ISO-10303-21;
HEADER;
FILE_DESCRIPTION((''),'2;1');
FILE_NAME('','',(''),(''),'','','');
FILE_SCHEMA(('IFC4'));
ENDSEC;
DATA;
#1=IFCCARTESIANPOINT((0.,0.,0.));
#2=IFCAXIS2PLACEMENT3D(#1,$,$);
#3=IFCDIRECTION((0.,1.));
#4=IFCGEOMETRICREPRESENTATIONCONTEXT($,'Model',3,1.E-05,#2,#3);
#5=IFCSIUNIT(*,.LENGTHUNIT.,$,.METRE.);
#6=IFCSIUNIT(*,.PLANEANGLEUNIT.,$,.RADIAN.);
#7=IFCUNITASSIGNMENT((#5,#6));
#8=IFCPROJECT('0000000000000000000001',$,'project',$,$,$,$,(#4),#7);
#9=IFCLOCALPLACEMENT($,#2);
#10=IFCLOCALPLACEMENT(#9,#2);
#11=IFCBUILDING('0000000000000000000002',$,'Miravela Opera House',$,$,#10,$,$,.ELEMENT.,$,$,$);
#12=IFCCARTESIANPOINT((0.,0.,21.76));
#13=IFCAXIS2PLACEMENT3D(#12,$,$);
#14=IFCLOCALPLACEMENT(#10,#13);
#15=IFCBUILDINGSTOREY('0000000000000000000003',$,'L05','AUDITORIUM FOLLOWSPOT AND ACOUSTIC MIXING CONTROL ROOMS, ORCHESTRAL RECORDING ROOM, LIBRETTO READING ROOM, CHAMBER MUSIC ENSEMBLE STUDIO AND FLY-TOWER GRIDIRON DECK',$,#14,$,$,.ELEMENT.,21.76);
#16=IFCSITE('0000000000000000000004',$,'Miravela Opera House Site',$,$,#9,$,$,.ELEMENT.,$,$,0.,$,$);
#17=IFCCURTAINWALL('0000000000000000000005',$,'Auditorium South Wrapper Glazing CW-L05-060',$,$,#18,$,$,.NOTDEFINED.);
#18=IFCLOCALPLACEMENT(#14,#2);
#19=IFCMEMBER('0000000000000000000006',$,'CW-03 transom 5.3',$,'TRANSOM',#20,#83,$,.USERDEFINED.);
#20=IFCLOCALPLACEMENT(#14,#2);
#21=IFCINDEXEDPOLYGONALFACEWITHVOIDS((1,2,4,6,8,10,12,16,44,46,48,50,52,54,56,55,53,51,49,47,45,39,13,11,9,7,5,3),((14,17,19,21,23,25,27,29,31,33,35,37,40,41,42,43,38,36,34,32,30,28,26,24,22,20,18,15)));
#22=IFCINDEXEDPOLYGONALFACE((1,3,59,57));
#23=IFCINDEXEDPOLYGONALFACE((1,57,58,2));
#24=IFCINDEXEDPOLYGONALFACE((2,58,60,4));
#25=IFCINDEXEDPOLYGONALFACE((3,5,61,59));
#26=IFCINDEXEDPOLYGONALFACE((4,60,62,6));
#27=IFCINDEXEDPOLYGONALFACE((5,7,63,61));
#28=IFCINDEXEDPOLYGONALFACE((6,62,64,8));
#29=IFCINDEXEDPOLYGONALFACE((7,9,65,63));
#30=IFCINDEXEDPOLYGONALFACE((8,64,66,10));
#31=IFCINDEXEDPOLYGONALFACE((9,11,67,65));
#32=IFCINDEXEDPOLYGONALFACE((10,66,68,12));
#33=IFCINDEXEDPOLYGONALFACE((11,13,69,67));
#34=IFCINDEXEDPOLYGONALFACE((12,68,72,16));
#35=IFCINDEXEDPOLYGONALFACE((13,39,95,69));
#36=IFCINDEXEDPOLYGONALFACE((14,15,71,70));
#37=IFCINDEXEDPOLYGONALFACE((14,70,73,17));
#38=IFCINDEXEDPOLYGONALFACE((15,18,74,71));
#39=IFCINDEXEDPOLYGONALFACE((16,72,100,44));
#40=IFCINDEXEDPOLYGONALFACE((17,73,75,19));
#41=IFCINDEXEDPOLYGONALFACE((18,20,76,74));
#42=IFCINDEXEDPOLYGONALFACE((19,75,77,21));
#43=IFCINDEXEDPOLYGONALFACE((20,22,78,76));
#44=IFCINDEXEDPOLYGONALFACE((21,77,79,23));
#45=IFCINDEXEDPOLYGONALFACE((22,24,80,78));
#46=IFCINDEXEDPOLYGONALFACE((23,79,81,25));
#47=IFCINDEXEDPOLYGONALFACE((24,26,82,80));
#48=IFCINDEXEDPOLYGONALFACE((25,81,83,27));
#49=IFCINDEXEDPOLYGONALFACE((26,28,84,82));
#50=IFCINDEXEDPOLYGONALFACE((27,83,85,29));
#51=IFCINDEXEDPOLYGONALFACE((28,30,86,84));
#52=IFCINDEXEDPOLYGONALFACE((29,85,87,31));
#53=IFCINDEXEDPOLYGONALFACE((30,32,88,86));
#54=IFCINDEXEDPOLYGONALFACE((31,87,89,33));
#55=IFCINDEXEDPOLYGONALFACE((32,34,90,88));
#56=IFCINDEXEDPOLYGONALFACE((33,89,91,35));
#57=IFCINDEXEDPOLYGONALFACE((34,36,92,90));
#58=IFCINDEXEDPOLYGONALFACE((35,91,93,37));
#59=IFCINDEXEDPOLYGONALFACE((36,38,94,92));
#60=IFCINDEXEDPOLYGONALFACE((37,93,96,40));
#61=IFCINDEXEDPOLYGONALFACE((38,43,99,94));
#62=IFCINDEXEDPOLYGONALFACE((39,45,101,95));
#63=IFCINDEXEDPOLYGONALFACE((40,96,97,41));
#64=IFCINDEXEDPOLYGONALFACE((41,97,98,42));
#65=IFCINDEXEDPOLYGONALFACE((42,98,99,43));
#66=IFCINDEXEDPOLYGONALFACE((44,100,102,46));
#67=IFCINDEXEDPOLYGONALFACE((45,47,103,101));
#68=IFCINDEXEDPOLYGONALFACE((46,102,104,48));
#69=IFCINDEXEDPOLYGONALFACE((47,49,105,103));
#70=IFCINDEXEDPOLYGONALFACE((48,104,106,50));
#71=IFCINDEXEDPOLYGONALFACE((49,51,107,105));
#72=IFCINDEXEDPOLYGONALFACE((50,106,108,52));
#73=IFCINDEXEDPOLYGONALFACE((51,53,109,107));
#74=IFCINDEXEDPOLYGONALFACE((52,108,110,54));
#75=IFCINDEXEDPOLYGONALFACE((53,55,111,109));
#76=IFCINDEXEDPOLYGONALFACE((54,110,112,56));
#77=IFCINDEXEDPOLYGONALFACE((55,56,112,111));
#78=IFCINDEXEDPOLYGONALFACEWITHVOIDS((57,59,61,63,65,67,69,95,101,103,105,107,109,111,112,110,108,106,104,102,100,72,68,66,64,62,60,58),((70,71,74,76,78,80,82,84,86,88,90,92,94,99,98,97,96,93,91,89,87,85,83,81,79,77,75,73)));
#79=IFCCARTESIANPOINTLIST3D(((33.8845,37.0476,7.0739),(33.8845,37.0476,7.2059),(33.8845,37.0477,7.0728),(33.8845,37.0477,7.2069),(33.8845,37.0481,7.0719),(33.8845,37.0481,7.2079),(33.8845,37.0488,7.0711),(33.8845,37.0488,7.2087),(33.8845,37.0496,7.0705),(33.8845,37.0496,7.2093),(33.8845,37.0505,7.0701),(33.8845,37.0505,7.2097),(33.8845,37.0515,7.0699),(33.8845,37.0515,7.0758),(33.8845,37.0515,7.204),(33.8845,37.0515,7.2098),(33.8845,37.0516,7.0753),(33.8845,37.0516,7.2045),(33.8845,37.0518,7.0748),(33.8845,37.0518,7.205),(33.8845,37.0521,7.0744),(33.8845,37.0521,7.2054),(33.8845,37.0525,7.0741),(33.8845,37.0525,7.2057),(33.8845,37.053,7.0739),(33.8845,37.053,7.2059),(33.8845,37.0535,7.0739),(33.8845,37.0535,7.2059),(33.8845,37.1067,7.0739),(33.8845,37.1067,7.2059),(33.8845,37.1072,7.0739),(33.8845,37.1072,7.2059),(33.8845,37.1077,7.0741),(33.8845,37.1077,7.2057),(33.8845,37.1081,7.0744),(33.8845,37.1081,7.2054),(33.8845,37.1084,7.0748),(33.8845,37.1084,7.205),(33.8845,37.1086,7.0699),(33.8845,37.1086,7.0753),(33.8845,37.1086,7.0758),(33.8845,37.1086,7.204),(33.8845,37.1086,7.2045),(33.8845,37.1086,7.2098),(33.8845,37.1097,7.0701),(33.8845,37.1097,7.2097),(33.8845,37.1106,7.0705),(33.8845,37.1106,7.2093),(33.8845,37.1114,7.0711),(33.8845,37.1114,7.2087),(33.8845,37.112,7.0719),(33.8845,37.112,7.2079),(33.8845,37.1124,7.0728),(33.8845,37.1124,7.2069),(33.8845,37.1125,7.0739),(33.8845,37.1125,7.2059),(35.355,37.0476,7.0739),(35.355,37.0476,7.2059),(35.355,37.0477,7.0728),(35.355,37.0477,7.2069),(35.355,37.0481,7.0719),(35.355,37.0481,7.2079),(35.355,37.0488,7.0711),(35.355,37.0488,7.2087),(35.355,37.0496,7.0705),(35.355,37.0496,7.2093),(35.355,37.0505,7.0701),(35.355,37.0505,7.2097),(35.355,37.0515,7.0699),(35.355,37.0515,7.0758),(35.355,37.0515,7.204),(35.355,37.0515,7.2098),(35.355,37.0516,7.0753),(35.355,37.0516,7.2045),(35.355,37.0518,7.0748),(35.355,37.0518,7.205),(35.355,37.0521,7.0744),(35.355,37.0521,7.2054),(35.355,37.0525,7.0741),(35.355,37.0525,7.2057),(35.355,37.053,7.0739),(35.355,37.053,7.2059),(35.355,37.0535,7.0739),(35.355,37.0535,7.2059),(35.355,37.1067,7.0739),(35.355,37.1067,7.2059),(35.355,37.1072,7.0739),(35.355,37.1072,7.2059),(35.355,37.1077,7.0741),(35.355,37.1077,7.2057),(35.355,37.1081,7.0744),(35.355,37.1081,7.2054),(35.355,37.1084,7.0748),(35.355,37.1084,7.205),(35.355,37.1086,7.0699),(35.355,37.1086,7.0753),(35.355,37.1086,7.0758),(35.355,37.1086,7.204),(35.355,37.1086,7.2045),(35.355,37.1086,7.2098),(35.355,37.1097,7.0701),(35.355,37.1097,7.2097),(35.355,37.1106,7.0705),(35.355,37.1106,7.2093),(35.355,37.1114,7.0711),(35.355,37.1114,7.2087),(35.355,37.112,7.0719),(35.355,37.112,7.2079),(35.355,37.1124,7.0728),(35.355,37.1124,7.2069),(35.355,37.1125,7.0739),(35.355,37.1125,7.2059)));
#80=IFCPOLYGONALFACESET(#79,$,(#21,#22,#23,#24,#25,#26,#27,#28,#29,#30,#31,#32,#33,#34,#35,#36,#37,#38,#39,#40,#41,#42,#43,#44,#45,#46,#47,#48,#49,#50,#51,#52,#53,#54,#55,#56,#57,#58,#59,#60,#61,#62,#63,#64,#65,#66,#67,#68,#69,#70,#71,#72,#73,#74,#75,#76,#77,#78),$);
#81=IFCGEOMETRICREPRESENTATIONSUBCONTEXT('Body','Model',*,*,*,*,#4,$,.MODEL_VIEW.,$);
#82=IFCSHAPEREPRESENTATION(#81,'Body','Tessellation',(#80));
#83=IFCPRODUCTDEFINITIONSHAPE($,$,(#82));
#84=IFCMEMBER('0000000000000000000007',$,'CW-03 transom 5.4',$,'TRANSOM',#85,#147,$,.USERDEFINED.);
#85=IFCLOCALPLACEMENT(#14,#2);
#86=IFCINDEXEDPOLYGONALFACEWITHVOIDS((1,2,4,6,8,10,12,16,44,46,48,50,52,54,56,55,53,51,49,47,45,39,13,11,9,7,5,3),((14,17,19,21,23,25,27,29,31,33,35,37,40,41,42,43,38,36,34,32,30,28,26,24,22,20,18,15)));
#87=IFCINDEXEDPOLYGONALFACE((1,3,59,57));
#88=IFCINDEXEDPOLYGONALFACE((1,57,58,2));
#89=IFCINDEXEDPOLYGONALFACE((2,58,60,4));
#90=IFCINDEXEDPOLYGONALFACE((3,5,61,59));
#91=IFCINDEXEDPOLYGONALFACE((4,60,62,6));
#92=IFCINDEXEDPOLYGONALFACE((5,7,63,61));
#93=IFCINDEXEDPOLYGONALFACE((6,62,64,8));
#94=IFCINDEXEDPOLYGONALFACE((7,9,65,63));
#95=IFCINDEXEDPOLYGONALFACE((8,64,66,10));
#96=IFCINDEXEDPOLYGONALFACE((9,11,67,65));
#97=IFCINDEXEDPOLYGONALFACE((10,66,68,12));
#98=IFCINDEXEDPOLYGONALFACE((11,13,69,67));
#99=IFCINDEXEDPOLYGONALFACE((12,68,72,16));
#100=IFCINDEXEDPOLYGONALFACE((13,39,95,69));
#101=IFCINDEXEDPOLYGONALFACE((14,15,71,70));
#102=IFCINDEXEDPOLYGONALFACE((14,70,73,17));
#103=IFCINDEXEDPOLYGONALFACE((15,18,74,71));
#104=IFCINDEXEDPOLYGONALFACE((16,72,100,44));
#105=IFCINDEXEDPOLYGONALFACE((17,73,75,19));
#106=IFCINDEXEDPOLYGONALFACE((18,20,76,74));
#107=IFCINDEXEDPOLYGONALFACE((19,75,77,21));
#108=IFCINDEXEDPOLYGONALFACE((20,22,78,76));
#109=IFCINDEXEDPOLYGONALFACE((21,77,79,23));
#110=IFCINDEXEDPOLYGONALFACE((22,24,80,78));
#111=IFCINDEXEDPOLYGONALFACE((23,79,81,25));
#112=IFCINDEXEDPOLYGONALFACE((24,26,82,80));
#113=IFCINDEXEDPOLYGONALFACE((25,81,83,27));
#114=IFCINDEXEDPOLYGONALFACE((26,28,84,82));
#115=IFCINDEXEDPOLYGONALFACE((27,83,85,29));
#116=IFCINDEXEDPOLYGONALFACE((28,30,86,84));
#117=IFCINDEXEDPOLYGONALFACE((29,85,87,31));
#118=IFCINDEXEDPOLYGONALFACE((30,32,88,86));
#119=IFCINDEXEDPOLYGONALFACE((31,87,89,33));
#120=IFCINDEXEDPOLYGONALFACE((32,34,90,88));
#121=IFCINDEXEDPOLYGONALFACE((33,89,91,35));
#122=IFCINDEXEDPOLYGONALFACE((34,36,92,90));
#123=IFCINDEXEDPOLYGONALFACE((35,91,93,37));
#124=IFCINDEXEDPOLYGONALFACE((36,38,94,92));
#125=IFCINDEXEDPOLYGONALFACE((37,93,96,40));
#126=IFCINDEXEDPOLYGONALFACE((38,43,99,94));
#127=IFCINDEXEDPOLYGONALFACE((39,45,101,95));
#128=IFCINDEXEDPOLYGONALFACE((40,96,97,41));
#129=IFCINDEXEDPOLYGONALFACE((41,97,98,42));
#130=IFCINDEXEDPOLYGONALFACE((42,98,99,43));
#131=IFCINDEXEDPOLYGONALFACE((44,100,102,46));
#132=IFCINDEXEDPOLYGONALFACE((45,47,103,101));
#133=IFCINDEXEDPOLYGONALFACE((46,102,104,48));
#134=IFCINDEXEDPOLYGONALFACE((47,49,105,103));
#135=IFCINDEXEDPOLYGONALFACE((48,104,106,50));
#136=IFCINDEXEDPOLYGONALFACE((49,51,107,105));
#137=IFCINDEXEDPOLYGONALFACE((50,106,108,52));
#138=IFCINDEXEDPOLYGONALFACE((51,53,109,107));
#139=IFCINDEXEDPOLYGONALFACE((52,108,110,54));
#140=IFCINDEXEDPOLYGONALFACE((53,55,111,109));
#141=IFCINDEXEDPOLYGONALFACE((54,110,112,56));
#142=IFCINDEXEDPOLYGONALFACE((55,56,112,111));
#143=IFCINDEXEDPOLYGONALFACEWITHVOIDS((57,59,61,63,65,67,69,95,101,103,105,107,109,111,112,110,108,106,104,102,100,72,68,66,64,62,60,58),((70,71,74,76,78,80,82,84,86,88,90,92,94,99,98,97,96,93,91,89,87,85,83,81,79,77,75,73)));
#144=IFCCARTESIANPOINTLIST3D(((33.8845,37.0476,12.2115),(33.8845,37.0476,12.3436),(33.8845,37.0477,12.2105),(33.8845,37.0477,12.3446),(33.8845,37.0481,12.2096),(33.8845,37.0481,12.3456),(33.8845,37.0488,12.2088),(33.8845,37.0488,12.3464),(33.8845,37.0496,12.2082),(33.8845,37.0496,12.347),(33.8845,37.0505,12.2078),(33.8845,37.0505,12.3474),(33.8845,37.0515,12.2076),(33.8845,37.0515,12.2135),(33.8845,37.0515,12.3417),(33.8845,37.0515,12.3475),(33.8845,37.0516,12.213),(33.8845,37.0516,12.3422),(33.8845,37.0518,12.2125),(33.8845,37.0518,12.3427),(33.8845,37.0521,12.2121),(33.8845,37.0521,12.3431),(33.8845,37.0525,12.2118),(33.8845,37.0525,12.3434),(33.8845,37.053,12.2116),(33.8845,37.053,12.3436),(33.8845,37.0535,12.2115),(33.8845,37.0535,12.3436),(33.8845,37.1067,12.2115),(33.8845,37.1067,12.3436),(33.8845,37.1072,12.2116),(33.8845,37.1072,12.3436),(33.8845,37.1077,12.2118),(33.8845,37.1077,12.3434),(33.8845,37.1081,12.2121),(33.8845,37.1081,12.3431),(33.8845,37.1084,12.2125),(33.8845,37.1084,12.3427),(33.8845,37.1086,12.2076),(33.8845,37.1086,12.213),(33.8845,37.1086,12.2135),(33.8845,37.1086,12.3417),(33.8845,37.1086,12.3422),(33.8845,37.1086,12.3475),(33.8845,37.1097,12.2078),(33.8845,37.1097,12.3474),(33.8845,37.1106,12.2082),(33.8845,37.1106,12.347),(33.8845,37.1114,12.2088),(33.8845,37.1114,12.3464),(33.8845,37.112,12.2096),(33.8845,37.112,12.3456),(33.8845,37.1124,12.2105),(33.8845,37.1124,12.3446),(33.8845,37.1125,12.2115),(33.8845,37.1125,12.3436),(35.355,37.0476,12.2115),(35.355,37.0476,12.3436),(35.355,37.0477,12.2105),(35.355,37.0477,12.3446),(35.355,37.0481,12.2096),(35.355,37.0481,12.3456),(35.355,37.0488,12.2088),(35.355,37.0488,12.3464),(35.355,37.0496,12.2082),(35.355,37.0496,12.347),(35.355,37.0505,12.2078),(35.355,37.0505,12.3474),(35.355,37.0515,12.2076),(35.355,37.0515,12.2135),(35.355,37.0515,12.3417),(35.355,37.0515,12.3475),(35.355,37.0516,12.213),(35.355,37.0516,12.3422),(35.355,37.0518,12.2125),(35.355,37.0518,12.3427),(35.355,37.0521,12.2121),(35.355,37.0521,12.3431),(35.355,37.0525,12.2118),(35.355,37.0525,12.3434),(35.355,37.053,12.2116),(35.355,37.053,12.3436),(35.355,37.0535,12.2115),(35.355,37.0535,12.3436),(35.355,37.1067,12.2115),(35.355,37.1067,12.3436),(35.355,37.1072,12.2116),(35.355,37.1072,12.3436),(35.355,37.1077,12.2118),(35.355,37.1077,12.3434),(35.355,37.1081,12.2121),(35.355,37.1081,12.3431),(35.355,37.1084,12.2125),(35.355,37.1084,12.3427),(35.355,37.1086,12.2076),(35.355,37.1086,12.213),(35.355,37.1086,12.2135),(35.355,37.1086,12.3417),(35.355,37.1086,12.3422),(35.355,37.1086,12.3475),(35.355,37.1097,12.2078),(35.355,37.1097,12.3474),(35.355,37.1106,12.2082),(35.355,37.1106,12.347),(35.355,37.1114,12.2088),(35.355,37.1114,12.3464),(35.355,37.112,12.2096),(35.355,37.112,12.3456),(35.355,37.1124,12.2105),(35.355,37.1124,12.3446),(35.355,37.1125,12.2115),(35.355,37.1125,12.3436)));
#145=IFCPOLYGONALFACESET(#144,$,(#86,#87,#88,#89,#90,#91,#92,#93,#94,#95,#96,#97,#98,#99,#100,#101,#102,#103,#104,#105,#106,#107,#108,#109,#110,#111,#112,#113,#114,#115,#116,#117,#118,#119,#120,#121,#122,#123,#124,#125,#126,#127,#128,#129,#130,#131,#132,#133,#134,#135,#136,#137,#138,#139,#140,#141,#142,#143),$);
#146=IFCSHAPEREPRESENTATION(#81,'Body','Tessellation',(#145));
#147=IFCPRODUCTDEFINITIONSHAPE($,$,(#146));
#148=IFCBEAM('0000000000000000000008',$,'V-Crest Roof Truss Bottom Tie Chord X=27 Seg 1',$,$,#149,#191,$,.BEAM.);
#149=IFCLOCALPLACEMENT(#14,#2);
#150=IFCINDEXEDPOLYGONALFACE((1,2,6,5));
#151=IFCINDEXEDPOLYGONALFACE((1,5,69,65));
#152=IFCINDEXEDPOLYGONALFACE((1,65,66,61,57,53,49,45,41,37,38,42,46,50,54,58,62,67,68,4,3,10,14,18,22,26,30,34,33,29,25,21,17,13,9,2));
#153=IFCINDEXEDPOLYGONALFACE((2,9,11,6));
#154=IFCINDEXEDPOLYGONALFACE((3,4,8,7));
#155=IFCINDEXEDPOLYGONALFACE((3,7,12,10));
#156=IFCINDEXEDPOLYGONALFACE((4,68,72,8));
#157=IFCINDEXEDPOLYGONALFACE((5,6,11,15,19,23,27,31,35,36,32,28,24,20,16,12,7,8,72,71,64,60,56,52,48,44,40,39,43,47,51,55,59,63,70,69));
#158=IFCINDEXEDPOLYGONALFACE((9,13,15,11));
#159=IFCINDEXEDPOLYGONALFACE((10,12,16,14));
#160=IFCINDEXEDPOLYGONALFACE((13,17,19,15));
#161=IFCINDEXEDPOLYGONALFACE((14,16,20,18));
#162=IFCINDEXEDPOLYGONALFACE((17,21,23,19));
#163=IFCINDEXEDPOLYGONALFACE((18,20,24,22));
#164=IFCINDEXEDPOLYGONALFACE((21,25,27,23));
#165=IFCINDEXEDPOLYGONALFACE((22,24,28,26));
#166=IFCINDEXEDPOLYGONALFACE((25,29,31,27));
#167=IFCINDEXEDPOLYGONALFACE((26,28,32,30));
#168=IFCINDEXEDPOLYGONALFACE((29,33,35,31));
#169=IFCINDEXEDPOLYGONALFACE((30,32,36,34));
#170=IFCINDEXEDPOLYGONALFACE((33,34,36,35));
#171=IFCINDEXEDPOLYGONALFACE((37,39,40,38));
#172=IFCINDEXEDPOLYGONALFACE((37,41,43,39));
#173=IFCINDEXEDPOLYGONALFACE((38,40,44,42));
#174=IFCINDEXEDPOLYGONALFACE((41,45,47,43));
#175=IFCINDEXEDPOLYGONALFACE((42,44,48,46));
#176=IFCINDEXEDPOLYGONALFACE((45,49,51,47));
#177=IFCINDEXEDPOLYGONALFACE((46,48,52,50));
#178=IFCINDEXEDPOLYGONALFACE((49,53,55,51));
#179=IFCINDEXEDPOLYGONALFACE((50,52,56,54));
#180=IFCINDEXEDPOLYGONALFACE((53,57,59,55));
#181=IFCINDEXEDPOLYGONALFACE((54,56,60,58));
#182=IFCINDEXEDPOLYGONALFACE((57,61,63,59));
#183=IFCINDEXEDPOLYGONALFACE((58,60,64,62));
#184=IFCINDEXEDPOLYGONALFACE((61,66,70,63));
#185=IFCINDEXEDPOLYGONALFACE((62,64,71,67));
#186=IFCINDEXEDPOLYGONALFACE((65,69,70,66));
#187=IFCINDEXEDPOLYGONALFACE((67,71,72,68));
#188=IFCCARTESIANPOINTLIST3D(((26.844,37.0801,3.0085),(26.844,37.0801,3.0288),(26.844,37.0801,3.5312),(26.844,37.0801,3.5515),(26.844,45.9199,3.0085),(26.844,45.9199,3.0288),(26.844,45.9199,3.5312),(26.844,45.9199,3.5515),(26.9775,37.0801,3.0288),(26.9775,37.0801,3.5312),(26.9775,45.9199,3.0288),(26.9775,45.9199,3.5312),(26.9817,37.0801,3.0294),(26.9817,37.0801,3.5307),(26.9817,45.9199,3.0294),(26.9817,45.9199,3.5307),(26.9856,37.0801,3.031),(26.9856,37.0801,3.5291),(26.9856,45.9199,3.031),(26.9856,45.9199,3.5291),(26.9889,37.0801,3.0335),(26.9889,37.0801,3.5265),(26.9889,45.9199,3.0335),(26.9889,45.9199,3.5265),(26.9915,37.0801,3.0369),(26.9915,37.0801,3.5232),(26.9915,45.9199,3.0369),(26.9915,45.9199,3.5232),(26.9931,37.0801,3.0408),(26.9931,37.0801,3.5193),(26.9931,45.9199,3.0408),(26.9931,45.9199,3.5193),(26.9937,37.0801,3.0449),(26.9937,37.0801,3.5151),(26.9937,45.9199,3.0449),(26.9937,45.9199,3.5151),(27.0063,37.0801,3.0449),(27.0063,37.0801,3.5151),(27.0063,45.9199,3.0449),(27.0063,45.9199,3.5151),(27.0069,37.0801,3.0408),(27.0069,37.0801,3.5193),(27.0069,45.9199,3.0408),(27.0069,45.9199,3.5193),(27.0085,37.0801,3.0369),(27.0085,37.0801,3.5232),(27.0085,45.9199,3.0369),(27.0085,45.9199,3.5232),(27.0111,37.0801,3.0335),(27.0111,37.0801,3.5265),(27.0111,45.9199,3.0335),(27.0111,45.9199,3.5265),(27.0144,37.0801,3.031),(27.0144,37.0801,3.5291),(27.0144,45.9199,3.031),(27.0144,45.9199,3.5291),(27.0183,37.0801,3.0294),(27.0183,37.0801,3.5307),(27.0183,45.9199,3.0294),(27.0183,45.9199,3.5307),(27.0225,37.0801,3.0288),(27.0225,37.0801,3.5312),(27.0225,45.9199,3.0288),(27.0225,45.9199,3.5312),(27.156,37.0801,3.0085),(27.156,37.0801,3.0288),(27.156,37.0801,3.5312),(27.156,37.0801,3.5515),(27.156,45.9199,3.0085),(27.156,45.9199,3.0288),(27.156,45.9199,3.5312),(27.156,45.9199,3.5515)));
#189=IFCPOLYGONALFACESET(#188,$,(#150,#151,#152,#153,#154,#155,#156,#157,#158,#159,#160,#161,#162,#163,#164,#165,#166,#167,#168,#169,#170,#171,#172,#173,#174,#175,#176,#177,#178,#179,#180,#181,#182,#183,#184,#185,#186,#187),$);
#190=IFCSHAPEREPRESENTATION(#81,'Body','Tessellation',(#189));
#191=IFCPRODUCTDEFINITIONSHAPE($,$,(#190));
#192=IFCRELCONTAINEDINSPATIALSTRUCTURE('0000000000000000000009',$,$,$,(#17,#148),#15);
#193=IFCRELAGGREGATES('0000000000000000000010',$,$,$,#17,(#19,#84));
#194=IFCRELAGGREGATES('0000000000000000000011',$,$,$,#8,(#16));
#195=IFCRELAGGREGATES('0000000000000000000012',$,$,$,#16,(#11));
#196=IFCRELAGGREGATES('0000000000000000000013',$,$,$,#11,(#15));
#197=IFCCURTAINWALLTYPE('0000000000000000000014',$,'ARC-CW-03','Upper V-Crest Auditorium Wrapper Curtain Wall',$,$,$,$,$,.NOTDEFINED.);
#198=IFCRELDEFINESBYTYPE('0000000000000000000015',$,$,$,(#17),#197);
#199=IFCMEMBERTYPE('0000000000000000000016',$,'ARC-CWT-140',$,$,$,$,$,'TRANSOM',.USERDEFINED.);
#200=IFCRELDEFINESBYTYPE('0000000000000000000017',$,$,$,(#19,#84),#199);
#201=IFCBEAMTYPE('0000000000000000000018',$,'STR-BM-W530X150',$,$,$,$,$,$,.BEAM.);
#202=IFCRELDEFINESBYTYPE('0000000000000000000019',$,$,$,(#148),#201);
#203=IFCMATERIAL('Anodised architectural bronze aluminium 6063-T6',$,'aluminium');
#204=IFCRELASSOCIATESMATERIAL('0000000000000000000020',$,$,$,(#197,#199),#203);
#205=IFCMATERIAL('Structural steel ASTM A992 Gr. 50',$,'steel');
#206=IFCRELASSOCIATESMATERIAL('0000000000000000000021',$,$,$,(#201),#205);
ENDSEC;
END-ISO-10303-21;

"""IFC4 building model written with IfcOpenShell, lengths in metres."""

from ifc_helpers import new_model, si_unit, direction, frame, origin, origin_2d, place, context, subcontext, project, spatial, hollow_rectangle, i_section, extrude, material, material_profile, profile_set, type_object, element, aggregate, save


model = new_model("IFC4")

# Units and contexts
model_context = context("Model", 3, precision=1e-05, world=origin(), true_north=direction((0.0, 1.0)))
body_context = subcontext(model_context, "Body", "Model", "MODEL_VIEW")
ifc_project = project(units=[si_unit("LENGTHUNIT", "METRE"), si_unit("PLANEANGLEUNIT", "RADIAN")], contexts=[model_context])

# Site, building, storey
site_placement = place(None, origin())
site = spatial("IfcSite", under=ifc_project, at=site_placement, Name="Miravela Opera House Site", CompositionType="ELEMENT", RefElevation=0.0)
building_placement = place(site_placement, origin())
building = spatial("IfcBuilding", under=site, at=building_placement, Name="Miravela Opera House", CompositionType="ELEMENT")
storey_placement = place(building_placement, frame((0.0, 0.0, 21.76)))
storey = spatial("IfcBuildingStorey", under=building, at=storey_placement, Name="L05", Description="AUDITORIUM FOLLOWSPOT AND ACOUSTIC MIXING CONTROL ROOMS, ORCHESTRAL RECORDING ROOM, LIBRETTO READING ROOM, CHAMBER MUSIC ENSEMBLE STUDIO AND FLY-TOWER GRIDIRON DECK", CompositionType="ELEMENT", Elevation=21.76)

# Curtain wall, members
ifc_material_1 = material(Name="Anodised architectural bronze aluminium 6063-T6", Category="aluminium")
curtain_wall_type = type_object("IfcCurtainWallType", Name="ARC-CW-03", Description="Upper V-Crest Auditorium Wrapper Curtain Wall", PredefinedType="NOTDEFINED", material=ifc_material_1)
curtain_wall_placement = place(storey_placement, origin())
curtain_wall = element("IfcCurtainWall", 1, at=curtain_wall_placement, inside=storey, type_object=curtain_wall_type, Name="Auditorium South Wrapper Glazing CW-L05-060", PredefinedType="NOTDEFINED")
ifc_material_profile_1 = material_profile(ifc_material_1, hollow_rectangle(XDim=0.0649, YDim=0.1399, WallThickness=0.0039, InnerFilletRadius=0.002, OuterFilletRadius=0.0039, at=origin_2d()), Name="CWT-65X140")
ifc_profile_set_1 = profile_set([ifc_material_profile_1])
member_type_1 = type_object("IfcMemberType", Name="ARC-CWT-140", ElementType="TRANSOM", PredefinedType="USERDEFINED", material=ifc_profile_set_1)
member_1_placement = place(storey_placement, frame((33.8845, 37.0801, 7.1399), z_axis=(1.0, 0.0, 0.0), x_axis=(0.0, 1.0, 0.0)))
member_1 = element("IfcMember", 2, at=member_1_placement, type_object=member_type_1, Name="CW-03 transom 5.3", ObjectType="TRANSOM", PredefinedType="USERDEFINED", context=body_context, shape_type="SweptSolid", body=[
    extrude(hollow_rectangle(XDim=0.0649, YDim=0.1399, WallThickness=0.0039, InnerFilletRadius=0.002, OuterFilletRadius=0.0039, at=origin_2d()), origin(), (0.0, 0.0, 1.0), 1.4705),
])
member_2_placement = place(storey_placement, frame((33.8845, 37.0801, 12.2776), z_axis=(1.0, 0.0, 0.0), x_axis=(0.0, 1.0, 0.0)))
member_2 = element("IfcMember", 3, at=member_2_placement, type_object=member_type_1, Name="CW-03 transom 5.4", ObjectType="TRANSOM", PredefinedType="USERDEFINED", context=body_context, shape_type="SweptSolid", body=[
    extrude(hollow_rectangle(XDim=0.0649, YDim=0.1399, WallThickness=0.0039, InnerFilletRadius=0.002, OuterFilletRadius=0.0039, at=origin_2d()), origin(), (0.0, 0.0, 1.0), 1.4705),
])

# Beam
ifc_material_2 = material(Name="Structural steel ASTM A992 Gr. 50", Category="steel")
ifc_material_profile_2 = material_profile(ifc_material_2, i_section(OverallWidth=0.312, OverallDepth=0.543, WebThickness=0.0127, FlangeThickness=0.0203, FilletRadius=0.0161, at=origin_2d()), Name="W530X150")
ifc_profile_set_2 = profile_set([ifc_material_profile_2])
beam_type = type_object("IfcBeamType", Name="STR-BM-W530X150", PredefinedType="BEAM", material=ifc_profile_set_2)
for number, where, z_axis, x_axis, name in (
    (4, (27.0, 37.0801, 3.28), (0.0, 1.0, 0.0), (-1.0, 0.0, 0.0), "V-Crest Roof Truss Bottom Tie Chord X=27 Seg 1"),
):
    element("IfcBeam", number, at=place(storey_placement, frame(where, z_axis=z_axis, x_axis=x_axis)), inside=storey, type_object=beam_type, Name=name, PredefinedType="BEAM", context=body_context, shape_type="SweptSolid", body=[
        extrude(i_section(OverallWidth=0.312, OverallDepth=0.543, WebThickness=0.0127, FlangeThickness=0.0203, FilletRadius=0.0161, at=origin_2d()), origin(), (0.0, 0.0, 1.0), 8.8398),
    ])

aggregate(curtain_wall, [member_1, member_2])

save(model, "model.ifc")
